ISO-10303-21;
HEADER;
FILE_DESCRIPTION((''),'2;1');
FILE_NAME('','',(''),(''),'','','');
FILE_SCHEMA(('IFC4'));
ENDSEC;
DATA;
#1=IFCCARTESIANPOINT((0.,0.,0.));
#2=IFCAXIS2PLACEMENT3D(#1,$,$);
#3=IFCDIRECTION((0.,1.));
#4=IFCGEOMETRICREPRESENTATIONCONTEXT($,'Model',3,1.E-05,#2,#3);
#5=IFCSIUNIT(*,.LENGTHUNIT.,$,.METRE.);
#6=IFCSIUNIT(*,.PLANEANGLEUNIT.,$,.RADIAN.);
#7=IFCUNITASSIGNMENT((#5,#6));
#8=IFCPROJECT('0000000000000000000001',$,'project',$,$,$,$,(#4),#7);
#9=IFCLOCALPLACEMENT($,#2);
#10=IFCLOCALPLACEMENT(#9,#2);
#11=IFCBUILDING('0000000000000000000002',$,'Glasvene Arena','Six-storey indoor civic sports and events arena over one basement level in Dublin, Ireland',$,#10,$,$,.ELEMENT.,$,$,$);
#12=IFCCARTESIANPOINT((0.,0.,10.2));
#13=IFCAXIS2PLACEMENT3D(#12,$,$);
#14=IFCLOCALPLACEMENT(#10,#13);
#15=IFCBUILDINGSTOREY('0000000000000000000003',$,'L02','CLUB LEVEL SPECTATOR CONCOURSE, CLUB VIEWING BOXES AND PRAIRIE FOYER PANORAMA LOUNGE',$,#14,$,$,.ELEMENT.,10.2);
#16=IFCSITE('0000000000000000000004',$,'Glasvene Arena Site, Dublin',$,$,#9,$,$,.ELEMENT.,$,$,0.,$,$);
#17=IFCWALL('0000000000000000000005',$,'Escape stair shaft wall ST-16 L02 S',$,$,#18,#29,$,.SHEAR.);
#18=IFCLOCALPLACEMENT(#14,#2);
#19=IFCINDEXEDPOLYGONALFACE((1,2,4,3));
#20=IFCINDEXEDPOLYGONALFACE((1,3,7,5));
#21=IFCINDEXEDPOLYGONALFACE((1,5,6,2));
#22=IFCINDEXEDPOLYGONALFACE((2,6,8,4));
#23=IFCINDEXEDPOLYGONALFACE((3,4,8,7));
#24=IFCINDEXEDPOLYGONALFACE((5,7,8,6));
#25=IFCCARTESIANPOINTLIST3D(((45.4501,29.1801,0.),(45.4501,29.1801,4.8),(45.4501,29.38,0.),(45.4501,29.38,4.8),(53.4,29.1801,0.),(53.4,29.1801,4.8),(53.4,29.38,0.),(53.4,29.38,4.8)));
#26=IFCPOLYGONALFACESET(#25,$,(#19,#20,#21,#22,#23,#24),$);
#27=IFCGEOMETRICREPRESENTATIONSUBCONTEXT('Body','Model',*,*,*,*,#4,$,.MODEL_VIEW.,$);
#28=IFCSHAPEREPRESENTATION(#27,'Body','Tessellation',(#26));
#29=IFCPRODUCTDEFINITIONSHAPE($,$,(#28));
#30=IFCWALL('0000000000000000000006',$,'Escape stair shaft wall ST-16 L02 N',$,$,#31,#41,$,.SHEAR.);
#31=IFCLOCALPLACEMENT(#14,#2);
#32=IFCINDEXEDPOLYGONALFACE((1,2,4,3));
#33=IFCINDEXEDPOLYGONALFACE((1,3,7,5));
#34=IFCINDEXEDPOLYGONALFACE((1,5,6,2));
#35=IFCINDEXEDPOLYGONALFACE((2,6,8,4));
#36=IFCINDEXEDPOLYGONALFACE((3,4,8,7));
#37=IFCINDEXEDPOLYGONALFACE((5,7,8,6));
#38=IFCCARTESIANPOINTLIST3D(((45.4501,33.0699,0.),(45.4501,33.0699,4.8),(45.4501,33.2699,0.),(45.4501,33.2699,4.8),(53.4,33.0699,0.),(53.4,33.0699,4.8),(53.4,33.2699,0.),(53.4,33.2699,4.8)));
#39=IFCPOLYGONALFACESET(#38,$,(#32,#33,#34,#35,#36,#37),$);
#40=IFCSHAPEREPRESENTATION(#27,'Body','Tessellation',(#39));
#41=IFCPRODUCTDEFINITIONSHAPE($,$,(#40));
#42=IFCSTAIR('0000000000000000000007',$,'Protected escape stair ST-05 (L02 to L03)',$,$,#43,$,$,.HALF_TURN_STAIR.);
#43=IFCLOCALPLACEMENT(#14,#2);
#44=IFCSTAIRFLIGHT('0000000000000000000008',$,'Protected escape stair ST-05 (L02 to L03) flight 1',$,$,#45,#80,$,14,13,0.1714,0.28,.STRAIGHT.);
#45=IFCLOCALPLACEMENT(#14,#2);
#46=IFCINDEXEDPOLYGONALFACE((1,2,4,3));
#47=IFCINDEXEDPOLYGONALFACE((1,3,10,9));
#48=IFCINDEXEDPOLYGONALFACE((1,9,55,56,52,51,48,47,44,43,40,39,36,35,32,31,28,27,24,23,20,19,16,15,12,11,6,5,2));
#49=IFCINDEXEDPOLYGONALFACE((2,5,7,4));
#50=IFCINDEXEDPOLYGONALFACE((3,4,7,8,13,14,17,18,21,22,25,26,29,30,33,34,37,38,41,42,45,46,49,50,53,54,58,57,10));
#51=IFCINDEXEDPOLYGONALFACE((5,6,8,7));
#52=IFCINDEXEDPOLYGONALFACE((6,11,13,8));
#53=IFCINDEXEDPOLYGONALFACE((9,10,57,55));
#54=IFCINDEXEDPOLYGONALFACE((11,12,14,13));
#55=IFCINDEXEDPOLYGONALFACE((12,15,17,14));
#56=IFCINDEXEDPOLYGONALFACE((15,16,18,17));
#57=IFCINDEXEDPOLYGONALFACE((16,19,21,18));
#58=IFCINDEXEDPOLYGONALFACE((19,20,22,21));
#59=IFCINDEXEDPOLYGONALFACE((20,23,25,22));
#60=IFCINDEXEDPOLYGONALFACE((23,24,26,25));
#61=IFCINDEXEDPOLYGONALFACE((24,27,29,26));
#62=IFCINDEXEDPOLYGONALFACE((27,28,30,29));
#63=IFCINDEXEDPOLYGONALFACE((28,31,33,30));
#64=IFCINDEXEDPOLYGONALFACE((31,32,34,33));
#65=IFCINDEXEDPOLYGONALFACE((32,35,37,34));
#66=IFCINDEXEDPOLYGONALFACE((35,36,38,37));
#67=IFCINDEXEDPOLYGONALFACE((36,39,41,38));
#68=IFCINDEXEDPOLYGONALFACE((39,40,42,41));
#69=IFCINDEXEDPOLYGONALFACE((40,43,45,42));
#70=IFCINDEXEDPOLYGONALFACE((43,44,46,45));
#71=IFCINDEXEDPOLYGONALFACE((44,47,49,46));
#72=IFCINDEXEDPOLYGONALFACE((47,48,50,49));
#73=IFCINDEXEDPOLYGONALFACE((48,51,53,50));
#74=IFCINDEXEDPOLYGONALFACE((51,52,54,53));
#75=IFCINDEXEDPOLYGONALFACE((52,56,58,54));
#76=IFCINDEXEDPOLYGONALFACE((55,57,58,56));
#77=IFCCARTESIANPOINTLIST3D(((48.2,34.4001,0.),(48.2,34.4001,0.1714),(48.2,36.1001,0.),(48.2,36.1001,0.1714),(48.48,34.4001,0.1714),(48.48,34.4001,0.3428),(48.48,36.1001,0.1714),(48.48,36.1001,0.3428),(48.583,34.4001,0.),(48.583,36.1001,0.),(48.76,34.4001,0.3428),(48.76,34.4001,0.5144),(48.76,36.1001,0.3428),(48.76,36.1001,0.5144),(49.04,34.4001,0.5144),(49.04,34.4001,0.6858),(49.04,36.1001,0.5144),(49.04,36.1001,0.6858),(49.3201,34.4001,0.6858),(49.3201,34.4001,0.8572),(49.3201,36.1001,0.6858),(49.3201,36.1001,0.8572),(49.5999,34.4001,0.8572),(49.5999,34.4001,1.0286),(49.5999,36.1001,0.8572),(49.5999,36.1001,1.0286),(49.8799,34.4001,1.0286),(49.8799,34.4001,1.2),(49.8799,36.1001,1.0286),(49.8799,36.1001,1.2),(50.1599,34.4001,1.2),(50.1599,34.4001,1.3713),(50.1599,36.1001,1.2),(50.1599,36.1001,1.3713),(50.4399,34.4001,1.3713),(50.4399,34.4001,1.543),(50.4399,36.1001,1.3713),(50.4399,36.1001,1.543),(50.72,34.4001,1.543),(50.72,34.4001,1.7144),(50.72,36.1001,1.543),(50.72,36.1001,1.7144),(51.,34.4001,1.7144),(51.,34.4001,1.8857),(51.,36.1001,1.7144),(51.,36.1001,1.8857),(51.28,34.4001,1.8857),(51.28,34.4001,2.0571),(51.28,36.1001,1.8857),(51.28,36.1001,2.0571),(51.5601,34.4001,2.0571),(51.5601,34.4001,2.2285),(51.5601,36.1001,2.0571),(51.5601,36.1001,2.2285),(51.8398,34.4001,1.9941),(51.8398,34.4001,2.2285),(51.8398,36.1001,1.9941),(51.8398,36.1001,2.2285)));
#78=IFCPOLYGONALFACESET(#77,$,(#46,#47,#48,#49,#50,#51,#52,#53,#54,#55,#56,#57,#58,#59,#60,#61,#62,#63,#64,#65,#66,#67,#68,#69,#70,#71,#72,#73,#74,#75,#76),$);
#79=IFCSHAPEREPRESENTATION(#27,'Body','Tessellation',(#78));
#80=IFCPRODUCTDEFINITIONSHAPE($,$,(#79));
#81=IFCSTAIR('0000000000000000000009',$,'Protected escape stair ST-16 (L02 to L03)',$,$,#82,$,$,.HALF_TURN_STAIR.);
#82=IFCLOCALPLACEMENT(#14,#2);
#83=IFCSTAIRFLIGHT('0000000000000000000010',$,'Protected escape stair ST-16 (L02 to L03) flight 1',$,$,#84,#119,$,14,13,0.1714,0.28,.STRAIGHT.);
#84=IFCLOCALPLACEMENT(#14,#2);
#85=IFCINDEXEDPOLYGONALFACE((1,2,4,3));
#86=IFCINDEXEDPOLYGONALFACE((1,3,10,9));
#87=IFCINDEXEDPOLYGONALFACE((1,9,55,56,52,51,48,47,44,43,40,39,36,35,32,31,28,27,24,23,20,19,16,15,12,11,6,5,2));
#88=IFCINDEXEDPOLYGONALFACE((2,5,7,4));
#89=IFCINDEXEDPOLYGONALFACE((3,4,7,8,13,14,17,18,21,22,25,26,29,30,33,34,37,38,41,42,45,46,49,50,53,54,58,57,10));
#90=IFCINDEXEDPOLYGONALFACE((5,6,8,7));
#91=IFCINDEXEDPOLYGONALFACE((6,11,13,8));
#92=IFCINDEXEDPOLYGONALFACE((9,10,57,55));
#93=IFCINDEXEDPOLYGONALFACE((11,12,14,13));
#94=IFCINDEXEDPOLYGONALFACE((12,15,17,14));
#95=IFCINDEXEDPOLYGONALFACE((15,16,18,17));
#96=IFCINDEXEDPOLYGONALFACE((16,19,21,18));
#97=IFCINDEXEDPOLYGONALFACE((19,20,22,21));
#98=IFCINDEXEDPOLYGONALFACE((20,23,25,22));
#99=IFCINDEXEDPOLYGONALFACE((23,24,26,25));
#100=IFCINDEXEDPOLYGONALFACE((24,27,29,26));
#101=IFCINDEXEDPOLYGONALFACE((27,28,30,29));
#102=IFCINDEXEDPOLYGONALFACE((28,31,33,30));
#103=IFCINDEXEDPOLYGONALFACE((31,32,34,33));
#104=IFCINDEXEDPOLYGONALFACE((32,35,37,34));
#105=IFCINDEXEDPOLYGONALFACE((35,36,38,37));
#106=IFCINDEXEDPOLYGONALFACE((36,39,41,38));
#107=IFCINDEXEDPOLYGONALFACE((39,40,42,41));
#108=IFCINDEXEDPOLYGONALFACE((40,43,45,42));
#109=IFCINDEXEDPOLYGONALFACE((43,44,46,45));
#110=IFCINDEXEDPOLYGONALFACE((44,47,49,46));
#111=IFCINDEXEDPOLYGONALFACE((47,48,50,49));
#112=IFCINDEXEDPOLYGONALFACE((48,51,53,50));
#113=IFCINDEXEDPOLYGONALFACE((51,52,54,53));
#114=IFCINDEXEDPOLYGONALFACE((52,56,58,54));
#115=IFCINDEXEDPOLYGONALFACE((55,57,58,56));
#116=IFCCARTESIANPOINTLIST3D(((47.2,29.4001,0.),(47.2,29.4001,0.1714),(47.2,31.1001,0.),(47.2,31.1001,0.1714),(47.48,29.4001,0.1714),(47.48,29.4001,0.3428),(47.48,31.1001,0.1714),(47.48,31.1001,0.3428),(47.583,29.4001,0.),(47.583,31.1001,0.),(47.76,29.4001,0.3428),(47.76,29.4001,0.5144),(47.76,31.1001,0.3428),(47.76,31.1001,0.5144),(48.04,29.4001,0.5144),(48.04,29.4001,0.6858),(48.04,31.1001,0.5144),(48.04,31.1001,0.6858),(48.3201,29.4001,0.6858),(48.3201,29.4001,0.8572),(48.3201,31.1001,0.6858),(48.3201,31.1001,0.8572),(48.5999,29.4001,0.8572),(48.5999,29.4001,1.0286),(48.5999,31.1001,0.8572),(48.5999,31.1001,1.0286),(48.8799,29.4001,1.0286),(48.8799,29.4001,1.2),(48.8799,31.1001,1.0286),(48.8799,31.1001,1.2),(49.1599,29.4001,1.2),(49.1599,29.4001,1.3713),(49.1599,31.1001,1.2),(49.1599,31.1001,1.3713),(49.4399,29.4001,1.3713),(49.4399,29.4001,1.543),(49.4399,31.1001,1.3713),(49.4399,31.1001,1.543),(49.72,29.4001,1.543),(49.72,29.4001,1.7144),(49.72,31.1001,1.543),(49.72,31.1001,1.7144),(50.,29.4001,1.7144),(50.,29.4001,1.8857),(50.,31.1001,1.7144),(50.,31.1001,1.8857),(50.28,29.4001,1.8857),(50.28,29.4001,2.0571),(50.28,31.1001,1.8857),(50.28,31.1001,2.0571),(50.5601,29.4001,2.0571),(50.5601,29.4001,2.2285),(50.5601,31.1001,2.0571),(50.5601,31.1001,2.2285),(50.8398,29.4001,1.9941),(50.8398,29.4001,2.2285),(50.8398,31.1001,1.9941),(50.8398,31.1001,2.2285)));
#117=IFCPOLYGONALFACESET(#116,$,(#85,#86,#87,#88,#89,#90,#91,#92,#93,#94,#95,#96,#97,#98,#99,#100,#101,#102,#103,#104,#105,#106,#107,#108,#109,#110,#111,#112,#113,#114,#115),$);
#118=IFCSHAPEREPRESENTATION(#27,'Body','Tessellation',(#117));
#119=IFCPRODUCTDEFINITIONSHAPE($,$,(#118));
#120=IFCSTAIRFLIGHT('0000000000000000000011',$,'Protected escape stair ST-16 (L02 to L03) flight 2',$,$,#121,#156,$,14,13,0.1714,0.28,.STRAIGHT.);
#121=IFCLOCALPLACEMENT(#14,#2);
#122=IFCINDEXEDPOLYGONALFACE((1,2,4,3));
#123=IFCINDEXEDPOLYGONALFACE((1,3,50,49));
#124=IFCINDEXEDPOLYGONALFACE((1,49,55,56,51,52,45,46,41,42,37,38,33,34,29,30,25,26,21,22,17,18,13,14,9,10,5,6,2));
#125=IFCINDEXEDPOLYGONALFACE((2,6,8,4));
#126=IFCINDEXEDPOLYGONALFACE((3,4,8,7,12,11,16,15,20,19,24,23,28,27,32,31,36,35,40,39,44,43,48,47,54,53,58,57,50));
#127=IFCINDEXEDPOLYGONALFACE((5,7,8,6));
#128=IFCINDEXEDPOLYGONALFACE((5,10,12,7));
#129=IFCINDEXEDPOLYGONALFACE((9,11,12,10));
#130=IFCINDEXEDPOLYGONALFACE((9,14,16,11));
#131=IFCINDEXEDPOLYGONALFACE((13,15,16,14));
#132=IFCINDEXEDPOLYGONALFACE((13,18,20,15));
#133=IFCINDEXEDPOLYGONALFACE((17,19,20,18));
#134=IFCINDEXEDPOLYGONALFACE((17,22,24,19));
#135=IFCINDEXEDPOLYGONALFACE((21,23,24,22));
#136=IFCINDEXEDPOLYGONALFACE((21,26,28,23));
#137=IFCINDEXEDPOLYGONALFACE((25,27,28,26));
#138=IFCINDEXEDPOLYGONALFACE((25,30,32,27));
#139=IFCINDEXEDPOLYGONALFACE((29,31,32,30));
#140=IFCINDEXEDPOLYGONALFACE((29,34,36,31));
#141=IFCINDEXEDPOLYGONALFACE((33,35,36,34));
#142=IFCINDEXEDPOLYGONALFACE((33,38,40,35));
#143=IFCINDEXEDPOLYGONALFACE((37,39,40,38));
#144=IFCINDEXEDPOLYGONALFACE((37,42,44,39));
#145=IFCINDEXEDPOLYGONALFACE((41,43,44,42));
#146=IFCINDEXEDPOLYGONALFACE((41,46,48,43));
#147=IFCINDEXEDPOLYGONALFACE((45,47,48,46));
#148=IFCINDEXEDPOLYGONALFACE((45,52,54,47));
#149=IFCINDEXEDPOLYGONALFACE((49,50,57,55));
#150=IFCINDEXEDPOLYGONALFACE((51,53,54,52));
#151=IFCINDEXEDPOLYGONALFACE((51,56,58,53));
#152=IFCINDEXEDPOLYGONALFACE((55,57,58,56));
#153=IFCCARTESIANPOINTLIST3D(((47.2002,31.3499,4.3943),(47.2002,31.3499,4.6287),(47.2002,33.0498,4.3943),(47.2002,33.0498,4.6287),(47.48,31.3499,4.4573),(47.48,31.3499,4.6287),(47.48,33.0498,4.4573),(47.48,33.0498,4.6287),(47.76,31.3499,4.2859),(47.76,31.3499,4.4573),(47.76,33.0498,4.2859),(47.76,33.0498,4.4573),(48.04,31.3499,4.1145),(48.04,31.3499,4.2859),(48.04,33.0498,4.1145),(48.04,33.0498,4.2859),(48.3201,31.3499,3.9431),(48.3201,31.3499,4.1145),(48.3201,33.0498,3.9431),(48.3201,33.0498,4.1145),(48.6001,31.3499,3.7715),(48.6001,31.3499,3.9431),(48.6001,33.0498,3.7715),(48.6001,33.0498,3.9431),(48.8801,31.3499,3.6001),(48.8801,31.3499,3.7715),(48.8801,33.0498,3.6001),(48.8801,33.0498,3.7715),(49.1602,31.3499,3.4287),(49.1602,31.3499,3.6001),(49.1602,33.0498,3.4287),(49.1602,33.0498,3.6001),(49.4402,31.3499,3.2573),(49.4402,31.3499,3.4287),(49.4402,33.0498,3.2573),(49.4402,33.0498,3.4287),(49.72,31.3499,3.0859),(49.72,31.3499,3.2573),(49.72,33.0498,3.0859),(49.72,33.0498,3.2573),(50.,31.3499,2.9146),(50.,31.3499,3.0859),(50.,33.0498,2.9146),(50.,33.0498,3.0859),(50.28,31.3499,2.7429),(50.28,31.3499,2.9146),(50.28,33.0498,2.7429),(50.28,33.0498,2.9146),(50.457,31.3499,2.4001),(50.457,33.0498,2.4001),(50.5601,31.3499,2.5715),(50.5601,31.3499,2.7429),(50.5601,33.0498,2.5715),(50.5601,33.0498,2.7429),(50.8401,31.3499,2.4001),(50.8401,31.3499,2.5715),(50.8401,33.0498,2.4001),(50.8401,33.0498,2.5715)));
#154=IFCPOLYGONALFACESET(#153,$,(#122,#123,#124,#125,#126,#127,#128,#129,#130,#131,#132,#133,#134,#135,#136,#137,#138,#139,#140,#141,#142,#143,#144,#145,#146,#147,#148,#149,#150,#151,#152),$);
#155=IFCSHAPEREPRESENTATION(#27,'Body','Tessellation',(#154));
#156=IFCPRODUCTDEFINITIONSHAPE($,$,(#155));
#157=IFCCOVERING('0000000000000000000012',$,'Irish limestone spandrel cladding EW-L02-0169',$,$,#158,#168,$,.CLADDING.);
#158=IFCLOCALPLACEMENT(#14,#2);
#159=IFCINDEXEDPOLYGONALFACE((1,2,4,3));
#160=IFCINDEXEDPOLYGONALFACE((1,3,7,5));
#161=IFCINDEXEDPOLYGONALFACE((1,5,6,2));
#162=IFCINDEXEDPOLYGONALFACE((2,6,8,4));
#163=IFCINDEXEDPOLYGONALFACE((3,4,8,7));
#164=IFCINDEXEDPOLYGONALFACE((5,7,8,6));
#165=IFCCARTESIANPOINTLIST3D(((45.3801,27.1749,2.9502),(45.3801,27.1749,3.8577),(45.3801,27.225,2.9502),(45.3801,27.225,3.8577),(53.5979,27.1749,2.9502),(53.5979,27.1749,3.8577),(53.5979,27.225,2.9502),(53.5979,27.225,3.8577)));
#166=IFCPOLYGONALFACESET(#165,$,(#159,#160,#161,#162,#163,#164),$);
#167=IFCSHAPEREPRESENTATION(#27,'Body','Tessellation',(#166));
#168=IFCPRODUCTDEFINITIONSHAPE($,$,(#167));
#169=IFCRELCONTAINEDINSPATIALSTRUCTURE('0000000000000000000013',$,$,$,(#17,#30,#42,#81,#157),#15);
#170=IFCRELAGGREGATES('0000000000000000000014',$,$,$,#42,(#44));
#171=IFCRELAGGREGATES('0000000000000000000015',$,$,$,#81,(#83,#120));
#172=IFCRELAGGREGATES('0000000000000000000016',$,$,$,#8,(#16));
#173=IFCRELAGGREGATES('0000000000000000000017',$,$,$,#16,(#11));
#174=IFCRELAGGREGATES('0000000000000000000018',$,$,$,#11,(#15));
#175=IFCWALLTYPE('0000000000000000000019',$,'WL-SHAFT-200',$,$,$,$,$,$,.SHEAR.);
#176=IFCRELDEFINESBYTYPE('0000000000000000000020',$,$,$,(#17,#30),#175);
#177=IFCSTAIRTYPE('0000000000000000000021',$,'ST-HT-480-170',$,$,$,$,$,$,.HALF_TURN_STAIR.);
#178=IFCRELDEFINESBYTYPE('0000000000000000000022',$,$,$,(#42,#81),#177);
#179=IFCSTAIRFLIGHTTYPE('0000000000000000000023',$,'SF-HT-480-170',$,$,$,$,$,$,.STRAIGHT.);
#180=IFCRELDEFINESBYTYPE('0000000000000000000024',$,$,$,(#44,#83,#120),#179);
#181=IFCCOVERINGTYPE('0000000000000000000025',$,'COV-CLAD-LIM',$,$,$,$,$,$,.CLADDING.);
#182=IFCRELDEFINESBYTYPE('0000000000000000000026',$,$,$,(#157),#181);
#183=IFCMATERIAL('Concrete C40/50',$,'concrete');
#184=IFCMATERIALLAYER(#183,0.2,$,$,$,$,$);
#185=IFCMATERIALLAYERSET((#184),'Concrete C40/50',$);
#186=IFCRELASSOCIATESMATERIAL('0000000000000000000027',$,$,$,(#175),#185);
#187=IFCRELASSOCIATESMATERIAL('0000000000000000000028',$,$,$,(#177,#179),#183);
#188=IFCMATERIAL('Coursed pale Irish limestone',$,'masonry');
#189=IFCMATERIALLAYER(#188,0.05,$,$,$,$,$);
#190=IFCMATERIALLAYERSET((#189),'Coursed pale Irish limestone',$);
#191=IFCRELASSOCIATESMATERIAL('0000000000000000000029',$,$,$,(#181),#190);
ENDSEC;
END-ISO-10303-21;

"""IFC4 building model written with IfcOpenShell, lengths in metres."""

from ifc_helpers import new_model, si_unit, direction, frame, frame_2d, origin, origin_2d, place, context, subcontext, project, spatial, polyline, rectangle, outline, extrude, material, layer, layer_set, type_object, element, aggregate, save


model = new_model("IFC4")

# Units and contexts
model_context = context("Model", 3, precision=1e-05, world=origin(), true_north=direction((0.0, 1.0)))
body_context = subcontext(model_context, "Body", "Model", "MODEL_VIEW")
ifc_project = project(units=[si_unit("LENGTHUNIT", "METRE"), si_unit("PLANEANGLEUNIT", "RADIAN")], contexts=[model_context])

# Site, building, storey
site_placement = place(None, origin())
site = spatial("IfcSite", under=ifc_project, at=site_placement, Name="Glasvene Arena Site, Dublin", CompositionType="ELEMENT", RefElevation=0.0)
building_placement = place(site_placement, origin())
building = spatial("IfcBuilding", under=site, at=building_placement, Name="Glasvene Arena", Description="Six-storey indoor civic sports and events arena over one basement level in Dublin, Ireland", CompositionType="ELEMENT")
storey_placement = place(building_placement, frame((0.0, 0.0, 10.2)))
storey = spatial("IfcBuildingStorey", under=building, at=storey_placement, Name="L02", Description="CLUB LEVEL SPECTATOR CONCOURSE, CLUB VIEWING BOXES AND PRAIRIE FOYER PANORAMA LOUNGE", CompositionType="ELEMENT", Elevation=10.2)

# Shared definitions
ifc_material_1 = material(Name="Concrete C40/50", Category="concrete")

# Shared definitions
ifc_material_2 = material(Name="Coursed pale Irish limestone", Category="masonry")

# Shared definitions
ifc_layer_1 = layer(ifc_material_1, 0.2)
ifc_layer_set_1 = layer_set([ifc_layer_1], Name="Concrete C40/50")
wall_type_1 = type_object("IfcWallType", Name="WL-SHAFT-200", PredefinedType="SHEAR", material=ifc_layer_set_1)

# Wall
for number, where, z_axis, x_axis, name in (
    (1, (45.45, 29.28, 0.0), (0.0, 0.0, 1.0), (1.0, 0.0, 0.0), "Escape stair shaft wall ST-16 L02 S"),
):
    element("IfcWall", number, at=place(storey_placement, frame(where, z_axis=z_axis, x_axis=x_axis)), inside=storey, type_object=wall_type_1, Name=name, PredefinedType="SHEAR", context=body_context, shape_type="SweptSolid", body=[
        extrude(rectangle(XDim=7.95, YDim=0.2, at=frame_2d((3.9751, 0.0))), origin(), (0.0, 0.0, 1.0), 4.8),
    ])

# Wall
wall_1_placement = place(storey_placement, frame((45.45, 33.1699, 0.0), z_axis=(0.0, 0.0, 1.0), x_axis=(1.0, 0.0, 0.0)))
element("IfcWall", 2, at=wall_1_placement, inside=storey, type_object=wall_type_1, Name="Escape stair shaft wall ST-16 L02 N", PredefinedType="SHEAR", context=body_context, shape_type="SweptSolid", body=[
    extrude(rectangle(XDim=7.95, YDim=0.2, at=frame_2d((3.9751, 0.0))), origin(), (0.0, 0.0, 1.0), 4.8),
])

# Stair, stair flight
stair_type = type_object("IfcStairType", Name="ST-HT-480-170", PredefinedType="HALF_TURN_STAIR", material=ifc_material_1)
stair_1_placement = place(storey_placement, origin())
stair_1 = element("IfcStair", 3, at=stair_1_placement, inside=storey, type_object=stair_type, Name="Protected escape stair ST-05 (L02 to L03)", PredefinedType="HALF_TURN_STAIR")
stair_flight_type = type_object("IfcStairFlightType", Name="SF-HT-480-170", PredefinedType="STRAIGHT", material=ifc_material_1)
stair_flight_1_placement = place(storey_placement, frame((48.2, 35.25, 0.0), z_axis=(0.0, 0.0, 1.0), x_axis=(1.0, 0.0, 0.0)))
stair_flight_1 = element("IfcStairFlight", 4, at=stair_flight_1_placement, type_object=stair_flight_type, Name="Protected escape stair ST-05 (L02 to L03) flight 1", NumberOfRisers=14, NumberOfTreads=13, PredefinedType="STRAIGHT", RiserHeight=0.1714, TreadLength=0.28, context=body_context, shape_type="SweptSolid", body=[
    extrude(outline(polyline([(0.0, 0.0), (0.0, 0.1714), (0.28, 0.1714), (0.28, 0.3428), (0.5601, 0.3428), (0.5601, 0.5144), (0.8401, 0.5144), (0.8401, 0.6858), (1.1201, 0.6858), (1.1201, 0.8572), (1.3999, 0.8572), (1.3999, 1.0286), (1.6799, 1.0286), (1.6799, 1.2), (1.96, 1.2), (1.96, 1.3713), (2.24, 1.3713), (2.24, 1.543), (2.52, 1.543), (2.52, 1.7144), (2.8, 1.7144), (2.8, 1.8857), (3.0801, 1.8857), (3.0801, 2.0571), (3.3601, 2.0571), (3.3601, 2.2285), (3.6399, 2.2285), (3.6399, 2.3999), (3.6399, 1.9941), (0.3831, 0.0), (0.0, 0.0)])), frame((0.0, 0.8501, 0.0), z_axis=(0.0, -1.0, 0.0), x_axis=(1.0, 0.0, 0.0)), (0.0, 0.0, 1.0), 1.7),
])
aggregate(stair_1, [stair_flight_1])

# Stair, stair flights
stair_2_placement = place(storey_placement, origin())
stair_2 = element("IfcStair", 5, at=stair_2_placement, inside=storey, type_object=stair_type, Name="Protected escape stair ST-16 (L02 to L03)", PredefinedType="HALF_TURN_STAIR")
stair_flight_2_placement = place(storey_placement, frame((47.2, 30.25, 0.0), z_axis=(0.0, 0.0, 1.0), x_axis=(1.0, 0.0, 0.0)))
stair_flight_2 = element("IfcStairFlight", 6, at=stair_flight_2_placement, type_object=stair_flight_type, Name="Protected escape stair ST-16 (L02 to L03) flight 1", NumberOfRisers=14, NumberOfTreads=13, PredefinedType="STRAIGHT", RiserHeight=0.1714, TreadLength=0.28, context=body_context, shape_type="SweptSolid", body=[
    extrude(outline(polyline([(0.0, 0.0), (0.0, 0.1714), (0.28, 0.1714), (0.28, 0.3428), (0.5601, 0.3428), (0.5601, 0.5144), (0.8401, 0.5144), (0.8401, 0.6858), (1.1201, 0.6858), (1.1201, 0.8572), (1.3999, 0.8572), (1.3999, 1.0286), (1.6799, 1.0286), (1.6799, 1.2), (1.96, 1.2), (1.96, 1.3713), (2.24, 1.3713), (2.24, 1.543), (2.52, 1.543), (2.52, 1.7144), (2.8, 1.7144), (2.8, 1.8857), (3.0801, 1.8857), (3.0801, 2.0571), (3.3601, 2.0571), (3.3601, 2.2285), (3.6399, 2.2285), (3.6399, 2.3999), (3.6399, 1.9941), (0.3831, 0.0), (0.0, 0.0)])), frame((0.0, 0.8501, 0.0), z_axis=(0.0, -1.0, 0.0), x_axis=(1.0, 0.0, 0.0)), (0.0, 0.0, 1.0), 1.7),
])
stair_flight_3_placement = place(storey_placement, frame((50.8401, 32.2, 2.4001), z_axis=(0.0, 0.0, 1.0), x_axis=(-1.0, 0.0, 0.0)))
stair_flight_3 = element("IfcStairFlight", 7, at=stair_flight_3_placement, type_object=stair_flight_type, Name="Protected escape stair ST-16 (L02 to L03) flight 2", NumberOfRisers=14, NumberOfTreads=13, PredefinedType="STRAIGHT", RiserHeight=0.1714, TreadLength=0.28, context=body_context, shape_type="SweptSolid", body=[
    extrude(outline(polyline([(0.0, 0.0), (0.0, 0.1714), (0.28, 0.1714), (0.28, 0.3428), (0.5601, 0.3428), (0.5601, 0.5144), (0.8401, 0.5144), (0.8401, 0.6858), (1.1201, 0.6858), (1.1201, 0.8572), (1.3999, 0.8572), (1.3999, 1.0286), (1.6799, 1.0286), (1.6799, 1.2), (1.96, 1.2), (1.96, 1.3713), (2.24, 1.3713), (2.24, 1.543), (2.52, 1.543), (2.52, 1.7144), (2.8, 1.7144), (2.8, 1.8857), (3.0801, 1.8857), (3.0801, 2.0571), (3.3601, 2.0571), (3.3601, 2.2285), (3.6399, 2.2285), (3.6399, 2.3999), (3.6399, 1.9941), (0.3831, 0.0), (0.0, 0.0)])), frame((0.0, 0.8501, 0.0), z_axis=(0.0, -1.0, 0.0), x_axis=(1.0, 0.0, 0.0)), (0.0, 0.0, 1.0), 1.7),
])
aggregate(stair_2, [stair_flight_2, stair_flight_3])

# Covering
ifc_layer_2 = layer(ifc_material_2, 0.05)
ifc_layer_set_2 = layer_set([ifc_layer_2], Name="Coursed pale Irish limestone")
covering_type = type_object("IfcCoveringType", Name="COV-CLAD-LIM", PredefinedType="CLADDING", material=ifc_layer_set_2)
covering_placement = place(storey_placement, frame((49.489, 27.2, 2.9502), z_axis=(0.0, 0.0, 1.0), x_axis=(1.0, 0.0, 0.0)))
element("IfcCovering", 8, at=covering_placement, inside=storey, type_object=covering_type, Name="Irish limestone spandrel cladding EW-L02-0169", PredefinedType="CLADDING", context=body_context, shape_type="SweptSolid", body=[
    extrude(rectangle(XDim=8.2178, YDim=0.05, at=origin_2d()), origin(), (0.0, 0.0, 1.0), 0.9075),
])

save(model, "model.ifc")
